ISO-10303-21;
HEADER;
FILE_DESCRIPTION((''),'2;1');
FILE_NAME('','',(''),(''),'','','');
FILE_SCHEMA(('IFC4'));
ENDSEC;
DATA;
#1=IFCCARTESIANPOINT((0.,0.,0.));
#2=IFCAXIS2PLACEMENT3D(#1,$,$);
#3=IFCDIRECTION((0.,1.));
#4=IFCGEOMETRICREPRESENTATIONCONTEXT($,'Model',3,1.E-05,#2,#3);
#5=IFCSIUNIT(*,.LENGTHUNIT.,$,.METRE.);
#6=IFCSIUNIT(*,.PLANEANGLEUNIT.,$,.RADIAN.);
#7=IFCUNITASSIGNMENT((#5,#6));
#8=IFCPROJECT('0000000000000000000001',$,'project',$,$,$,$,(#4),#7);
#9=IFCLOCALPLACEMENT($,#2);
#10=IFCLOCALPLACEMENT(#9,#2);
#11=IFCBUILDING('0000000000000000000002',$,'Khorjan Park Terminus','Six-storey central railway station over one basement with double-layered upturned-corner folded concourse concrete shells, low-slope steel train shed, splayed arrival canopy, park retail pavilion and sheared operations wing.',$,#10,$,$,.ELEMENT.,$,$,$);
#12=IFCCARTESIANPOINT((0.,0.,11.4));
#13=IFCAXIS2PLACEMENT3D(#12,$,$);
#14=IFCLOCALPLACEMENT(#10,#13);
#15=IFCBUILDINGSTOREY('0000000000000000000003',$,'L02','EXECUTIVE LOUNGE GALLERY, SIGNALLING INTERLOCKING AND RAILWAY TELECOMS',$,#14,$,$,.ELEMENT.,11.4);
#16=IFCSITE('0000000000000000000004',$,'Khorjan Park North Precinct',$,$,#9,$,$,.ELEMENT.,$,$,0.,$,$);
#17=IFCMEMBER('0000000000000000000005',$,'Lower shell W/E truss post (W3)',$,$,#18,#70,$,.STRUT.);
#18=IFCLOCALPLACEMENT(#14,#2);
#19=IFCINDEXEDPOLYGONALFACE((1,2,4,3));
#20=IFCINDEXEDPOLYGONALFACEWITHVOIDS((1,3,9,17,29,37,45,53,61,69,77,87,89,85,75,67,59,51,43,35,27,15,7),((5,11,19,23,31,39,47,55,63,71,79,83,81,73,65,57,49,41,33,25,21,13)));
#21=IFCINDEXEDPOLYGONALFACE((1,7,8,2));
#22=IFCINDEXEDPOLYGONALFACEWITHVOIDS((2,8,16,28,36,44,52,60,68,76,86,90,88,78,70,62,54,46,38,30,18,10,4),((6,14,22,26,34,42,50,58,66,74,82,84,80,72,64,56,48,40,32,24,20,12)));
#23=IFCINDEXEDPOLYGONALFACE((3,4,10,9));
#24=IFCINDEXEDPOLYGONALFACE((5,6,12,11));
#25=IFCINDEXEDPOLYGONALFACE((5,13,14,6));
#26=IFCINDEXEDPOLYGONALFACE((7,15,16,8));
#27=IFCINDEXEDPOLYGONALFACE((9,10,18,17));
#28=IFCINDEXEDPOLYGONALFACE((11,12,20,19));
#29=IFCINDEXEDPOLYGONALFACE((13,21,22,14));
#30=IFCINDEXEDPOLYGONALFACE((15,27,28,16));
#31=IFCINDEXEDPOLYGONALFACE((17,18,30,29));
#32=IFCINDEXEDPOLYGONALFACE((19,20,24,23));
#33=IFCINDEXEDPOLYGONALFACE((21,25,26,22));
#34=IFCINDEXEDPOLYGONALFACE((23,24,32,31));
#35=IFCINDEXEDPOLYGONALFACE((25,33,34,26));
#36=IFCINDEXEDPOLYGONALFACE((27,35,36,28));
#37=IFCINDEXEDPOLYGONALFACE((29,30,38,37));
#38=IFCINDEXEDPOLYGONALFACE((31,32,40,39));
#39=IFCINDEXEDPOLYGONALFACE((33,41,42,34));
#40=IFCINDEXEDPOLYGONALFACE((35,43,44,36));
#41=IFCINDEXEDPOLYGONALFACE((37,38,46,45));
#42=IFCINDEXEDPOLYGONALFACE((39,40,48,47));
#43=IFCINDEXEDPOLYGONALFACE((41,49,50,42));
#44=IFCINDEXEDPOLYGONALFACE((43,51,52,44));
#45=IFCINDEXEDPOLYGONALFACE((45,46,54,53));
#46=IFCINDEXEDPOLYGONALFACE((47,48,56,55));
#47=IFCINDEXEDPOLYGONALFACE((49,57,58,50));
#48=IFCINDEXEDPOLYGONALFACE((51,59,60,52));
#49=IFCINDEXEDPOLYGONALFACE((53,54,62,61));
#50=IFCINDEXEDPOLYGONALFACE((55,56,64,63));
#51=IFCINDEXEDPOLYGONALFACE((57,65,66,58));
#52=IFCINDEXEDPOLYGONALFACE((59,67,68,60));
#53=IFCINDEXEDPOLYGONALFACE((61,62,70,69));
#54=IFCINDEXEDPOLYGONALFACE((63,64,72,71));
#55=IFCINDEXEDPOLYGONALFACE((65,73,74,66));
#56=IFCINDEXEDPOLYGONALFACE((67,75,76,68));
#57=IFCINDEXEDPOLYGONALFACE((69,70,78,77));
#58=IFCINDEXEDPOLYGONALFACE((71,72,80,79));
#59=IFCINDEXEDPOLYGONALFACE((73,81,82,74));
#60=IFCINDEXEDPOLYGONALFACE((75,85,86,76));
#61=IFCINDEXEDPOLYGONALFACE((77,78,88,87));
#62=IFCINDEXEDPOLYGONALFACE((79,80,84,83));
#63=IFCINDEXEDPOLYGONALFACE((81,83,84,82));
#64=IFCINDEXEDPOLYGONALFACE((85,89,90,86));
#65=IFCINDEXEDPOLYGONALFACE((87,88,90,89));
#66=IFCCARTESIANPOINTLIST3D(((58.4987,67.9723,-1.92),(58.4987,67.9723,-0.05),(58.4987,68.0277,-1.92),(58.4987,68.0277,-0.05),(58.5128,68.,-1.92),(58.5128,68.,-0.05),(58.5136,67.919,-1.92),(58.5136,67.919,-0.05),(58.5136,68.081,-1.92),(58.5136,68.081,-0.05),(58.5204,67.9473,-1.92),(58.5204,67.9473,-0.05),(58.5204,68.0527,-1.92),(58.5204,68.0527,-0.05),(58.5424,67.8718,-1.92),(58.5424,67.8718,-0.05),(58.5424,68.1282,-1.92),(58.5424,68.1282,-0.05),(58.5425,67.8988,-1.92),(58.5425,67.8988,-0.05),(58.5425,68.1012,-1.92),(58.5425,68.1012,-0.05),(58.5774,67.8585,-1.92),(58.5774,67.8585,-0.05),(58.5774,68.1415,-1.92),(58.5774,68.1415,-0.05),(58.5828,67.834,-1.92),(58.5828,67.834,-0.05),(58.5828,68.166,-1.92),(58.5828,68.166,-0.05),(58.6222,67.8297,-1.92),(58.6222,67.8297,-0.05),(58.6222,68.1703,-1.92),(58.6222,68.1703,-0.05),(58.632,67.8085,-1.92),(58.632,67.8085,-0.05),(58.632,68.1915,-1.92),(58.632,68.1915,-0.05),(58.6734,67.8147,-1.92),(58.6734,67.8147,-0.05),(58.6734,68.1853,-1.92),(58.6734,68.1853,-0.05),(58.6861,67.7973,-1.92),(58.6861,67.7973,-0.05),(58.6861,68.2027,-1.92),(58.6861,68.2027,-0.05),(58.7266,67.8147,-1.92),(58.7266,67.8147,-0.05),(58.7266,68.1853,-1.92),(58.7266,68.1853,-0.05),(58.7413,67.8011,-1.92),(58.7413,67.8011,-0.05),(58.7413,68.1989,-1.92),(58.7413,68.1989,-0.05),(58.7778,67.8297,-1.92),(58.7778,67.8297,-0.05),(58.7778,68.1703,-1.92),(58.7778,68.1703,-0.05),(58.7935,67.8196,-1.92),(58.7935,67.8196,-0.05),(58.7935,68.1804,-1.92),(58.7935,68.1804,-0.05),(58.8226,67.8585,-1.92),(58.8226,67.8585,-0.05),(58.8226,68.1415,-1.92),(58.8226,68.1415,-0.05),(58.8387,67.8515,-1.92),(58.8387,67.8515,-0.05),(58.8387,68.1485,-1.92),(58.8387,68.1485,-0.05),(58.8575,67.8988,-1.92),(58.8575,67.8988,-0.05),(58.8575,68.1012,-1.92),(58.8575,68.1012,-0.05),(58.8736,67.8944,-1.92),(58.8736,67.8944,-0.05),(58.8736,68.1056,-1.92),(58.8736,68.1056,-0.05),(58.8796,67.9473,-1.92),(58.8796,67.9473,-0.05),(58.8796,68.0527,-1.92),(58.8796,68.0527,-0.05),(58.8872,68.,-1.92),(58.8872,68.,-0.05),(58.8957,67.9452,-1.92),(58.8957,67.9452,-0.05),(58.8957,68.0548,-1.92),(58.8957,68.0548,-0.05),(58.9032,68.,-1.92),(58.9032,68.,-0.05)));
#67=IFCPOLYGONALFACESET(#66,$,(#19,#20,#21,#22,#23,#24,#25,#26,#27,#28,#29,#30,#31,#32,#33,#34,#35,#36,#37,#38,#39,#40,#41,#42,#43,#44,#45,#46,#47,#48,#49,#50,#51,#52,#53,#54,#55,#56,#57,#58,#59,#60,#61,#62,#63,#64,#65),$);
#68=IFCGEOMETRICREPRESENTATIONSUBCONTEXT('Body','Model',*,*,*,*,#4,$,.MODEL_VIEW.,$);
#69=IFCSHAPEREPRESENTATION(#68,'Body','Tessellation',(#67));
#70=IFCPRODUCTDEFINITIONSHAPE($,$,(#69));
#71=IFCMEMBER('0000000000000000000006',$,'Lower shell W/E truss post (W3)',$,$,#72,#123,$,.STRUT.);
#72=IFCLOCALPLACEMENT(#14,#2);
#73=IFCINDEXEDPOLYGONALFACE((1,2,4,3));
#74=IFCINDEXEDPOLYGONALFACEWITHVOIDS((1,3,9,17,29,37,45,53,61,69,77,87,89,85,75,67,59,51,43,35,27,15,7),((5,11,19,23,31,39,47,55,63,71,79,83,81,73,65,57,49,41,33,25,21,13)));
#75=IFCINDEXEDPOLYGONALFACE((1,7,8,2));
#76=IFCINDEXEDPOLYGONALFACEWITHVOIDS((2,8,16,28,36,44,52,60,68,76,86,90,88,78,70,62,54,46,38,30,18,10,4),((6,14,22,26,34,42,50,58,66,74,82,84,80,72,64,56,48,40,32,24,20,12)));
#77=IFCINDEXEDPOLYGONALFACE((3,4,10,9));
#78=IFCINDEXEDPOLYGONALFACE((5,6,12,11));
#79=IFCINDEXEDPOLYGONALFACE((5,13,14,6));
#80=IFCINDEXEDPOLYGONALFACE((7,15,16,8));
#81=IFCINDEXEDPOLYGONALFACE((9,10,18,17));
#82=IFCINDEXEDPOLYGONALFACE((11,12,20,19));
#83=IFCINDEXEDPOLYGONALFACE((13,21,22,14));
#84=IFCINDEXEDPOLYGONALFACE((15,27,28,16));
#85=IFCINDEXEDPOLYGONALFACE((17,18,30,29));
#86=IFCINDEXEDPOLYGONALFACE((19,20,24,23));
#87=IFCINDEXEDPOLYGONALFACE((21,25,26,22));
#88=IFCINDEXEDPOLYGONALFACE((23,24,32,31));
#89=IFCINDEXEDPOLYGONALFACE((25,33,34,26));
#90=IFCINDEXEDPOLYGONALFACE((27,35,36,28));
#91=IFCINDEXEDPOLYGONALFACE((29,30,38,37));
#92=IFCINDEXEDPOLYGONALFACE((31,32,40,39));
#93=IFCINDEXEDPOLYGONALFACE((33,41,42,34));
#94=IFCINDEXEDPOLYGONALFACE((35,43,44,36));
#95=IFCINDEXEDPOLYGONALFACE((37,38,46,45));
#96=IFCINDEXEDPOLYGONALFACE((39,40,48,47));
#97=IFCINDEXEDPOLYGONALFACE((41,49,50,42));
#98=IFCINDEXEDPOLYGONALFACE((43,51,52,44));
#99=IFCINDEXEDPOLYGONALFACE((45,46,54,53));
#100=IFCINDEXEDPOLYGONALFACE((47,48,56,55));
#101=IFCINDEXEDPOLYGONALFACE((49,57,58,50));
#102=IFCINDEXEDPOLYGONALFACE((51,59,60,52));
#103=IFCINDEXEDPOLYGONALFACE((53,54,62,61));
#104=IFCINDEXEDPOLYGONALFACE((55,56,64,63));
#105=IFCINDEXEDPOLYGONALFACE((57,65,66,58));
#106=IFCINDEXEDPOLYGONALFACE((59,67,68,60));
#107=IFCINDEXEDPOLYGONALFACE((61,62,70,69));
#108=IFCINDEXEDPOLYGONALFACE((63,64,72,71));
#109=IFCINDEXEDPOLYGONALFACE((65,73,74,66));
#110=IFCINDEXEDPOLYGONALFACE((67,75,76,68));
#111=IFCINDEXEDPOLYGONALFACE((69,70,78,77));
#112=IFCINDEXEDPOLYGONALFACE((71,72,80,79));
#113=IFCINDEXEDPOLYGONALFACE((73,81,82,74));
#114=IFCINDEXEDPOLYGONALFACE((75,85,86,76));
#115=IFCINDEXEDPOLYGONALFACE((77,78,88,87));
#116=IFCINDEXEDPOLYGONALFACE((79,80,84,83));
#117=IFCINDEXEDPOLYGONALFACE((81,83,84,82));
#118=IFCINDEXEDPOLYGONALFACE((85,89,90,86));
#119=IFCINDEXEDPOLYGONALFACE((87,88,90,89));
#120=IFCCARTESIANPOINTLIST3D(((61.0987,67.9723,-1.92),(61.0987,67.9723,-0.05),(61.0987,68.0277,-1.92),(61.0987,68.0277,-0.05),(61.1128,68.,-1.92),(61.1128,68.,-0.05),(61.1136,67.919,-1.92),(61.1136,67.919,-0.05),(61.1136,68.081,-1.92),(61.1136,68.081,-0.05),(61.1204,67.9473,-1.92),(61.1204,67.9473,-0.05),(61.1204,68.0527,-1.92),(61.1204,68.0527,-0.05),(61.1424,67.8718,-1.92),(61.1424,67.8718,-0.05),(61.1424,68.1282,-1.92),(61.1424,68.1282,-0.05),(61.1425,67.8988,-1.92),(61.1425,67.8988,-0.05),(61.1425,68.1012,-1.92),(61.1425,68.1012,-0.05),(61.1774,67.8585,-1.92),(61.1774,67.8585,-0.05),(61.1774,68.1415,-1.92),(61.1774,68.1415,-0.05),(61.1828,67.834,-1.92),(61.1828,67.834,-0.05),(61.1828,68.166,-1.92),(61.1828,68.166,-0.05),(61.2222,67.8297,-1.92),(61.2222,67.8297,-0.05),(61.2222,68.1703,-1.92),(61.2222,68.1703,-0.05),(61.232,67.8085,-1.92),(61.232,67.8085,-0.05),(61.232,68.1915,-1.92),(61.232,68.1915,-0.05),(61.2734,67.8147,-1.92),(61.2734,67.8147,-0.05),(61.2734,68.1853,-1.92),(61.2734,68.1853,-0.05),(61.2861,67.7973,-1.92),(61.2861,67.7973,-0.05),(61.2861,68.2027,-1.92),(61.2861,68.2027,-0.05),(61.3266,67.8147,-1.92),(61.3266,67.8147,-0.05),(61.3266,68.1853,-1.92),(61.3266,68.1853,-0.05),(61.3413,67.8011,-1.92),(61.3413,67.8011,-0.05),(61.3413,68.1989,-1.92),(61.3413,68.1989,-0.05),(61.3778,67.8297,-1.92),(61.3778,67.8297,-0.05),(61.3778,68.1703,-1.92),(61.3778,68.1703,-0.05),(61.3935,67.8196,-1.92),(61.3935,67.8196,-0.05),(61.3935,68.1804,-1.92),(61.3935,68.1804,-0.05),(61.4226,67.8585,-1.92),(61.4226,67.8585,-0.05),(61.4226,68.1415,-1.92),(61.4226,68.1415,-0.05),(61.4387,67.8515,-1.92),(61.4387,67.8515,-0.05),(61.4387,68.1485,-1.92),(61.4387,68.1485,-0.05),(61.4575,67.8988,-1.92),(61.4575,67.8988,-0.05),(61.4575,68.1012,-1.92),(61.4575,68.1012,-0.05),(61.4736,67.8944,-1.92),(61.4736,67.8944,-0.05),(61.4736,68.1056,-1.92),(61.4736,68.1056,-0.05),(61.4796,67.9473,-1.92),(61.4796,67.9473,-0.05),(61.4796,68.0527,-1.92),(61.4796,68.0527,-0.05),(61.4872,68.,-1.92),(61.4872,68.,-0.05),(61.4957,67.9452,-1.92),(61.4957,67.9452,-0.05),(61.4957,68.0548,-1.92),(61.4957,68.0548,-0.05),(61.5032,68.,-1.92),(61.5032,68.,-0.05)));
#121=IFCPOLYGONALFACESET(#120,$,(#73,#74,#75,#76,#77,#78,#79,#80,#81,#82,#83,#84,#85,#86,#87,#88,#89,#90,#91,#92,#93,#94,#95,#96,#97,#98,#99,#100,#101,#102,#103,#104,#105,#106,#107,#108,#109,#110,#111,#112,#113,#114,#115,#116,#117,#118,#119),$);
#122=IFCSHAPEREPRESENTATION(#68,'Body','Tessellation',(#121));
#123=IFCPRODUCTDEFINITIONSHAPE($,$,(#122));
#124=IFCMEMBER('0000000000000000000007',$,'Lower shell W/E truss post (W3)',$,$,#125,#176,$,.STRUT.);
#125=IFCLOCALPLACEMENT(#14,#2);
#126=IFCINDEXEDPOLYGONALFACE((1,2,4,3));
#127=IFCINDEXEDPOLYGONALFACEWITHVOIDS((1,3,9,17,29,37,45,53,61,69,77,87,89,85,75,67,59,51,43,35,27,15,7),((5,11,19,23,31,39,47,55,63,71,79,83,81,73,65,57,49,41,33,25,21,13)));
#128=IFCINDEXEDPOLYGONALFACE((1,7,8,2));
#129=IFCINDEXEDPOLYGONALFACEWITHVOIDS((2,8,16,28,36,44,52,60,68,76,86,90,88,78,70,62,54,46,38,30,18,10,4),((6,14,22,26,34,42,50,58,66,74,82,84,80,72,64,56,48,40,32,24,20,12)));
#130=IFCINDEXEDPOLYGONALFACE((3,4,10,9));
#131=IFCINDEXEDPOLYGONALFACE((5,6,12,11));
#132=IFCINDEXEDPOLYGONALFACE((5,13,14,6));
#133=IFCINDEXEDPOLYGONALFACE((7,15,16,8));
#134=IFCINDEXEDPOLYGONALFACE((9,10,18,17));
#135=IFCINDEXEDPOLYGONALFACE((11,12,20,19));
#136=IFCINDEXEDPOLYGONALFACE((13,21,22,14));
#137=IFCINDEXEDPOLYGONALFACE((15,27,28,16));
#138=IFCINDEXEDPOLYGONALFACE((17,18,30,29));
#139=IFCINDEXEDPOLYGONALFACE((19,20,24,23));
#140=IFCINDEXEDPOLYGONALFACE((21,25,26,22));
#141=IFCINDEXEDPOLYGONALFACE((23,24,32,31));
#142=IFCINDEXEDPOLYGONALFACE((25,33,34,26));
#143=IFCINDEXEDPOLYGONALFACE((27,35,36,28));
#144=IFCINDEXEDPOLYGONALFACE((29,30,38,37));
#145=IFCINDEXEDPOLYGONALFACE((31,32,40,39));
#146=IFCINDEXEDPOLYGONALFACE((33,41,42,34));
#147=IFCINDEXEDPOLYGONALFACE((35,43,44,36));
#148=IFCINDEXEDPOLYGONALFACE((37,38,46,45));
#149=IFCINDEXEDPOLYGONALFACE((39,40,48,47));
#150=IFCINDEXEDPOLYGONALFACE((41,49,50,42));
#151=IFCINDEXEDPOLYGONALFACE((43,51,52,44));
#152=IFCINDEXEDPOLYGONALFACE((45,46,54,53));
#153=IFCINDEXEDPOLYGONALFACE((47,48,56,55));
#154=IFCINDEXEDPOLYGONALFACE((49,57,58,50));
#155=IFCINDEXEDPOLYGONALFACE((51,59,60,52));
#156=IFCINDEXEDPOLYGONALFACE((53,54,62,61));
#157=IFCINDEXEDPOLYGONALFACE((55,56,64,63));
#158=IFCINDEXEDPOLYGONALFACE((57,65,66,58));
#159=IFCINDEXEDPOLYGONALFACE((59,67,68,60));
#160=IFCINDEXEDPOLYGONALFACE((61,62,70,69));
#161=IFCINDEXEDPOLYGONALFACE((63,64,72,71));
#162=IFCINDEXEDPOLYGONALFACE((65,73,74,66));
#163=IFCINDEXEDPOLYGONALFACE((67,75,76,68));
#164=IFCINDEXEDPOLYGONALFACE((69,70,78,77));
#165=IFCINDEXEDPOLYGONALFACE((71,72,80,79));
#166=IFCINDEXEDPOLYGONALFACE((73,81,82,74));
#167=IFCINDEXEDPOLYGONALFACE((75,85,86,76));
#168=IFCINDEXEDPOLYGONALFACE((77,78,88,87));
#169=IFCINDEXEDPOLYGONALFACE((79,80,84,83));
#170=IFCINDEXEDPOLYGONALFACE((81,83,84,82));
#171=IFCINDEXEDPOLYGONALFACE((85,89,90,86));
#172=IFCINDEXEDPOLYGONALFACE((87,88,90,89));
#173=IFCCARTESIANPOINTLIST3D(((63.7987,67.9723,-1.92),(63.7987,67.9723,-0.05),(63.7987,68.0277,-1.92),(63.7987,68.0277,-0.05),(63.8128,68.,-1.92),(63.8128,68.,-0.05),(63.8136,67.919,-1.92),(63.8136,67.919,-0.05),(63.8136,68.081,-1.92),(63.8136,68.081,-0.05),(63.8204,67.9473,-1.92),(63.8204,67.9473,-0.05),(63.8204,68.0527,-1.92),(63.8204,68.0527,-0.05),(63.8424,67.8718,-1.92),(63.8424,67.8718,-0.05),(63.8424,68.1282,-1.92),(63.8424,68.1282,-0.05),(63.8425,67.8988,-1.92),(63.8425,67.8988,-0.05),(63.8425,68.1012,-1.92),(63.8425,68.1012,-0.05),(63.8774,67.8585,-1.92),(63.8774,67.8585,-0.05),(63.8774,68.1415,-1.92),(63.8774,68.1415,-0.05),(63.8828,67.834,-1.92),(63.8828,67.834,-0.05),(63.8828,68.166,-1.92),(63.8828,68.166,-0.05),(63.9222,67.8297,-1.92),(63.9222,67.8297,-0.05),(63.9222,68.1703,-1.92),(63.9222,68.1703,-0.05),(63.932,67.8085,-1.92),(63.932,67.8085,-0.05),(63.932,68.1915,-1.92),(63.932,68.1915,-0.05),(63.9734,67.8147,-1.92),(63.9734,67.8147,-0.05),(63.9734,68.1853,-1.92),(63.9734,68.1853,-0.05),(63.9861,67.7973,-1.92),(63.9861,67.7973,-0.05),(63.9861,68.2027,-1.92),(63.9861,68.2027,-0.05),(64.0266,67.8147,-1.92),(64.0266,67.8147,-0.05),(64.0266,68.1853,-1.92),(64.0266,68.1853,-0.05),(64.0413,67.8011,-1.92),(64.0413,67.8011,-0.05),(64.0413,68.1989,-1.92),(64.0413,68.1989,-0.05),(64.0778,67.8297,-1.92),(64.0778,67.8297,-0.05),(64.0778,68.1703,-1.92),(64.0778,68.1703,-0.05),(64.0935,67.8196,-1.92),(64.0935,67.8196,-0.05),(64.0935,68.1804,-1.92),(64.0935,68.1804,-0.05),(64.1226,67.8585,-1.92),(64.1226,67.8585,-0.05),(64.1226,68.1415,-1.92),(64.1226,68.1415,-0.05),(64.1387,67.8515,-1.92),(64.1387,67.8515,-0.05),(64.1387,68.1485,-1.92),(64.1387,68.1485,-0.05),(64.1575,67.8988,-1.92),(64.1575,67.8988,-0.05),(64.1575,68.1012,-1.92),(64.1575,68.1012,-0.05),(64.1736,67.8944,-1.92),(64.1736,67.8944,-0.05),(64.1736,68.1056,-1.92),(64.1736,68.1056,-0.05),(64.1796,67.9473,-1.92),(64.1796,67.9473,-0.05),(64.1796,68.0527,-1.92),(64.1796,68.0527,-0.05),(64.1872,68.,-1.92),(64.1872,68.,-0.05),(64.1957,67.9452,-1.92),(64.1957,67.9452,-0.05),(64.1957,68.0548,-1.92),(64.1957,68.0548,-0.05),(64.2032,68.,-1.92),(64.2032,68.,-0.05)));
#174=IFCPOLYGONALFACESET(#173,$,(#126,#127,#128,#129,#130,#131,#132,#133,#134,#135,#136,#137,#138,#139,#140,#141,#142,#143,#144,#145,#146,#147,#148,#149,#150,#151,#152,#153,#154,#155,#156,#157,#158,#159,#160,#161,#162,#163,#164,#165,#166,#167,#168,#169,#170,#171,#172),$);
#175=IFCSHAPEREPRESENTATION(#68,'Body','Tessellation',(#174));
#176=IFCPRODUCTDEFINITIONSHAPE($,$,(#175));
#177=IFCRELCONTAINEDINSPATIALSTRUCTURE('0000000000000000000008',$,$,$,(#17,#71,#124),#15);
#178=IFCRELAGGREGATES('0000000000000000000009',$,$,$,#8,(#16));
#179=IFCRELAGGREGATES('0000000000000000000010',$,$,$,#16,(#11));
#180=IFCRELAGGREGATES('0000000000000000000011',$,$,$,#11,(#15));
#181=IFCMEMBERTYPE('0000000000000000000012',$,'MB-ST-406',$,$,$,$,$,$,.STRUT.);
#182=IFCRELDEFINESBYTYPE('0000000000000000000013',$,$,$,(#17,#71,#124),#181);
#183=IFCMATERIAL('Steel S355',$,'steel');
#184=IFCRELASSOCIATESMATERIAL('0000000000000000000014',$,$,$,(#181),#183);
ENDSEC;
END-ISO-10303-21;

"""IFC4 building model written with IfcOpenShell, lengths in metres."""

from ifc_helpers import new_model, si_unit, direction, frame, origin, origin_2d, place, context, subcontext, project, spatial, hollow_circle, extrude, material, material_profile, profile_set, type_object, element, save


model = new_model("IFC4")

# Units and contexts
model_context = context("Model", 3, precision=1e-05, world=origin(), true_north=direction((0.0, 1.0)))
body_context = subcontext(model_context, "Body", "Model", "MODEL_VIEW")
ifc_project = project(units=[si_unit("LENGTHUNIT", "METRE"), si_unit("PLANEANGLEUNIT", "RADIAN")], contexts=[model_context])

# Site, building, storey
site_placement = place(None, origin())
site = spatial("IfcSite", under=ifc_project, at=site_placement, Name="Khorjan Park North Precinct", CompositionType="ELEMENT", RefElevation=0.0)
building_placement = place(site_placement, origin())
building = spatial("IfcBuilding", under=site, at=building_placement, Name="Khorjan Park Terminus", Description="Six-storey central railway station over one basement with double-layered upturned-corner folded concourse concrete shells, low-slope steel train shed, splayed arrival canopy, park retail pavilion and sheared operations wing.", CompositionType="ELEMENT")
storey_placement = place(building_placement, frame((0.0, 0.0, 11.4)))
storey = spatial("IfcBuildingStorey", under=building, at=storey_placement, Name="L02", Description="EXECUTIVE LOUNGE GALLERY, SIGNALLING INTERLOCKING AND RAILWAY TELECOMS", CompositionType="ELEMENT", Elevation=11.4)

# Shared definitions
ifc_material = material(Name="Steel S355", Category="steel")

# Members
ifc_material_profile_1 = material_profile(ifc_material, hollow_circle(Radius=0.2032, WallThickness=0.016, at=origin_2d()), Name="CHS 406.4x16")
ifc_profile_set_1 = profile_set([ifc_material_profile_1], Name="Steel S355")
member_type_1 = type_object("IfcMemberType", Name="MB-ST-406", PredefinedType="STRUT", material=ifc_profile_set_1)
for number, where, z_axis, x_axis, name in (
    (1, (58.7, 68.0, -1.92), (0.0, 0.0, 1.0), (1.0, 0.0, 0.0), "Lower shell W/E truss post (W3)"),
    (2, (61.3, 68.0, -1.92), (0.0, 0.0, 1.0), (1.0, 0.0, 0.0), "Lower shell W/E truss post (W3)"),
    (3, (64.0, 68.0, -1.92), (0.0, 0.0, 1.0), (1.0, 0.0, 0.0), "Lower shell W/E truss post (W3)"),
):
    element("IfcMember", number, at=place(storey_placement, frame(where, z_axis=z_axis, x_axis=x_axis)), inside=storey, type_object=member_type_1, Name=name, PredefinedType="STRUT", context=body_context, shape_type="SweptSolid", body=[
        extrude(hollow_circle(Radius=0.2032, WallThickness=0.016, at=origin_2d()), origin(), (0.0, 0.0, 1.0), 1.87),
    ])

save(model, "model.ifc")
